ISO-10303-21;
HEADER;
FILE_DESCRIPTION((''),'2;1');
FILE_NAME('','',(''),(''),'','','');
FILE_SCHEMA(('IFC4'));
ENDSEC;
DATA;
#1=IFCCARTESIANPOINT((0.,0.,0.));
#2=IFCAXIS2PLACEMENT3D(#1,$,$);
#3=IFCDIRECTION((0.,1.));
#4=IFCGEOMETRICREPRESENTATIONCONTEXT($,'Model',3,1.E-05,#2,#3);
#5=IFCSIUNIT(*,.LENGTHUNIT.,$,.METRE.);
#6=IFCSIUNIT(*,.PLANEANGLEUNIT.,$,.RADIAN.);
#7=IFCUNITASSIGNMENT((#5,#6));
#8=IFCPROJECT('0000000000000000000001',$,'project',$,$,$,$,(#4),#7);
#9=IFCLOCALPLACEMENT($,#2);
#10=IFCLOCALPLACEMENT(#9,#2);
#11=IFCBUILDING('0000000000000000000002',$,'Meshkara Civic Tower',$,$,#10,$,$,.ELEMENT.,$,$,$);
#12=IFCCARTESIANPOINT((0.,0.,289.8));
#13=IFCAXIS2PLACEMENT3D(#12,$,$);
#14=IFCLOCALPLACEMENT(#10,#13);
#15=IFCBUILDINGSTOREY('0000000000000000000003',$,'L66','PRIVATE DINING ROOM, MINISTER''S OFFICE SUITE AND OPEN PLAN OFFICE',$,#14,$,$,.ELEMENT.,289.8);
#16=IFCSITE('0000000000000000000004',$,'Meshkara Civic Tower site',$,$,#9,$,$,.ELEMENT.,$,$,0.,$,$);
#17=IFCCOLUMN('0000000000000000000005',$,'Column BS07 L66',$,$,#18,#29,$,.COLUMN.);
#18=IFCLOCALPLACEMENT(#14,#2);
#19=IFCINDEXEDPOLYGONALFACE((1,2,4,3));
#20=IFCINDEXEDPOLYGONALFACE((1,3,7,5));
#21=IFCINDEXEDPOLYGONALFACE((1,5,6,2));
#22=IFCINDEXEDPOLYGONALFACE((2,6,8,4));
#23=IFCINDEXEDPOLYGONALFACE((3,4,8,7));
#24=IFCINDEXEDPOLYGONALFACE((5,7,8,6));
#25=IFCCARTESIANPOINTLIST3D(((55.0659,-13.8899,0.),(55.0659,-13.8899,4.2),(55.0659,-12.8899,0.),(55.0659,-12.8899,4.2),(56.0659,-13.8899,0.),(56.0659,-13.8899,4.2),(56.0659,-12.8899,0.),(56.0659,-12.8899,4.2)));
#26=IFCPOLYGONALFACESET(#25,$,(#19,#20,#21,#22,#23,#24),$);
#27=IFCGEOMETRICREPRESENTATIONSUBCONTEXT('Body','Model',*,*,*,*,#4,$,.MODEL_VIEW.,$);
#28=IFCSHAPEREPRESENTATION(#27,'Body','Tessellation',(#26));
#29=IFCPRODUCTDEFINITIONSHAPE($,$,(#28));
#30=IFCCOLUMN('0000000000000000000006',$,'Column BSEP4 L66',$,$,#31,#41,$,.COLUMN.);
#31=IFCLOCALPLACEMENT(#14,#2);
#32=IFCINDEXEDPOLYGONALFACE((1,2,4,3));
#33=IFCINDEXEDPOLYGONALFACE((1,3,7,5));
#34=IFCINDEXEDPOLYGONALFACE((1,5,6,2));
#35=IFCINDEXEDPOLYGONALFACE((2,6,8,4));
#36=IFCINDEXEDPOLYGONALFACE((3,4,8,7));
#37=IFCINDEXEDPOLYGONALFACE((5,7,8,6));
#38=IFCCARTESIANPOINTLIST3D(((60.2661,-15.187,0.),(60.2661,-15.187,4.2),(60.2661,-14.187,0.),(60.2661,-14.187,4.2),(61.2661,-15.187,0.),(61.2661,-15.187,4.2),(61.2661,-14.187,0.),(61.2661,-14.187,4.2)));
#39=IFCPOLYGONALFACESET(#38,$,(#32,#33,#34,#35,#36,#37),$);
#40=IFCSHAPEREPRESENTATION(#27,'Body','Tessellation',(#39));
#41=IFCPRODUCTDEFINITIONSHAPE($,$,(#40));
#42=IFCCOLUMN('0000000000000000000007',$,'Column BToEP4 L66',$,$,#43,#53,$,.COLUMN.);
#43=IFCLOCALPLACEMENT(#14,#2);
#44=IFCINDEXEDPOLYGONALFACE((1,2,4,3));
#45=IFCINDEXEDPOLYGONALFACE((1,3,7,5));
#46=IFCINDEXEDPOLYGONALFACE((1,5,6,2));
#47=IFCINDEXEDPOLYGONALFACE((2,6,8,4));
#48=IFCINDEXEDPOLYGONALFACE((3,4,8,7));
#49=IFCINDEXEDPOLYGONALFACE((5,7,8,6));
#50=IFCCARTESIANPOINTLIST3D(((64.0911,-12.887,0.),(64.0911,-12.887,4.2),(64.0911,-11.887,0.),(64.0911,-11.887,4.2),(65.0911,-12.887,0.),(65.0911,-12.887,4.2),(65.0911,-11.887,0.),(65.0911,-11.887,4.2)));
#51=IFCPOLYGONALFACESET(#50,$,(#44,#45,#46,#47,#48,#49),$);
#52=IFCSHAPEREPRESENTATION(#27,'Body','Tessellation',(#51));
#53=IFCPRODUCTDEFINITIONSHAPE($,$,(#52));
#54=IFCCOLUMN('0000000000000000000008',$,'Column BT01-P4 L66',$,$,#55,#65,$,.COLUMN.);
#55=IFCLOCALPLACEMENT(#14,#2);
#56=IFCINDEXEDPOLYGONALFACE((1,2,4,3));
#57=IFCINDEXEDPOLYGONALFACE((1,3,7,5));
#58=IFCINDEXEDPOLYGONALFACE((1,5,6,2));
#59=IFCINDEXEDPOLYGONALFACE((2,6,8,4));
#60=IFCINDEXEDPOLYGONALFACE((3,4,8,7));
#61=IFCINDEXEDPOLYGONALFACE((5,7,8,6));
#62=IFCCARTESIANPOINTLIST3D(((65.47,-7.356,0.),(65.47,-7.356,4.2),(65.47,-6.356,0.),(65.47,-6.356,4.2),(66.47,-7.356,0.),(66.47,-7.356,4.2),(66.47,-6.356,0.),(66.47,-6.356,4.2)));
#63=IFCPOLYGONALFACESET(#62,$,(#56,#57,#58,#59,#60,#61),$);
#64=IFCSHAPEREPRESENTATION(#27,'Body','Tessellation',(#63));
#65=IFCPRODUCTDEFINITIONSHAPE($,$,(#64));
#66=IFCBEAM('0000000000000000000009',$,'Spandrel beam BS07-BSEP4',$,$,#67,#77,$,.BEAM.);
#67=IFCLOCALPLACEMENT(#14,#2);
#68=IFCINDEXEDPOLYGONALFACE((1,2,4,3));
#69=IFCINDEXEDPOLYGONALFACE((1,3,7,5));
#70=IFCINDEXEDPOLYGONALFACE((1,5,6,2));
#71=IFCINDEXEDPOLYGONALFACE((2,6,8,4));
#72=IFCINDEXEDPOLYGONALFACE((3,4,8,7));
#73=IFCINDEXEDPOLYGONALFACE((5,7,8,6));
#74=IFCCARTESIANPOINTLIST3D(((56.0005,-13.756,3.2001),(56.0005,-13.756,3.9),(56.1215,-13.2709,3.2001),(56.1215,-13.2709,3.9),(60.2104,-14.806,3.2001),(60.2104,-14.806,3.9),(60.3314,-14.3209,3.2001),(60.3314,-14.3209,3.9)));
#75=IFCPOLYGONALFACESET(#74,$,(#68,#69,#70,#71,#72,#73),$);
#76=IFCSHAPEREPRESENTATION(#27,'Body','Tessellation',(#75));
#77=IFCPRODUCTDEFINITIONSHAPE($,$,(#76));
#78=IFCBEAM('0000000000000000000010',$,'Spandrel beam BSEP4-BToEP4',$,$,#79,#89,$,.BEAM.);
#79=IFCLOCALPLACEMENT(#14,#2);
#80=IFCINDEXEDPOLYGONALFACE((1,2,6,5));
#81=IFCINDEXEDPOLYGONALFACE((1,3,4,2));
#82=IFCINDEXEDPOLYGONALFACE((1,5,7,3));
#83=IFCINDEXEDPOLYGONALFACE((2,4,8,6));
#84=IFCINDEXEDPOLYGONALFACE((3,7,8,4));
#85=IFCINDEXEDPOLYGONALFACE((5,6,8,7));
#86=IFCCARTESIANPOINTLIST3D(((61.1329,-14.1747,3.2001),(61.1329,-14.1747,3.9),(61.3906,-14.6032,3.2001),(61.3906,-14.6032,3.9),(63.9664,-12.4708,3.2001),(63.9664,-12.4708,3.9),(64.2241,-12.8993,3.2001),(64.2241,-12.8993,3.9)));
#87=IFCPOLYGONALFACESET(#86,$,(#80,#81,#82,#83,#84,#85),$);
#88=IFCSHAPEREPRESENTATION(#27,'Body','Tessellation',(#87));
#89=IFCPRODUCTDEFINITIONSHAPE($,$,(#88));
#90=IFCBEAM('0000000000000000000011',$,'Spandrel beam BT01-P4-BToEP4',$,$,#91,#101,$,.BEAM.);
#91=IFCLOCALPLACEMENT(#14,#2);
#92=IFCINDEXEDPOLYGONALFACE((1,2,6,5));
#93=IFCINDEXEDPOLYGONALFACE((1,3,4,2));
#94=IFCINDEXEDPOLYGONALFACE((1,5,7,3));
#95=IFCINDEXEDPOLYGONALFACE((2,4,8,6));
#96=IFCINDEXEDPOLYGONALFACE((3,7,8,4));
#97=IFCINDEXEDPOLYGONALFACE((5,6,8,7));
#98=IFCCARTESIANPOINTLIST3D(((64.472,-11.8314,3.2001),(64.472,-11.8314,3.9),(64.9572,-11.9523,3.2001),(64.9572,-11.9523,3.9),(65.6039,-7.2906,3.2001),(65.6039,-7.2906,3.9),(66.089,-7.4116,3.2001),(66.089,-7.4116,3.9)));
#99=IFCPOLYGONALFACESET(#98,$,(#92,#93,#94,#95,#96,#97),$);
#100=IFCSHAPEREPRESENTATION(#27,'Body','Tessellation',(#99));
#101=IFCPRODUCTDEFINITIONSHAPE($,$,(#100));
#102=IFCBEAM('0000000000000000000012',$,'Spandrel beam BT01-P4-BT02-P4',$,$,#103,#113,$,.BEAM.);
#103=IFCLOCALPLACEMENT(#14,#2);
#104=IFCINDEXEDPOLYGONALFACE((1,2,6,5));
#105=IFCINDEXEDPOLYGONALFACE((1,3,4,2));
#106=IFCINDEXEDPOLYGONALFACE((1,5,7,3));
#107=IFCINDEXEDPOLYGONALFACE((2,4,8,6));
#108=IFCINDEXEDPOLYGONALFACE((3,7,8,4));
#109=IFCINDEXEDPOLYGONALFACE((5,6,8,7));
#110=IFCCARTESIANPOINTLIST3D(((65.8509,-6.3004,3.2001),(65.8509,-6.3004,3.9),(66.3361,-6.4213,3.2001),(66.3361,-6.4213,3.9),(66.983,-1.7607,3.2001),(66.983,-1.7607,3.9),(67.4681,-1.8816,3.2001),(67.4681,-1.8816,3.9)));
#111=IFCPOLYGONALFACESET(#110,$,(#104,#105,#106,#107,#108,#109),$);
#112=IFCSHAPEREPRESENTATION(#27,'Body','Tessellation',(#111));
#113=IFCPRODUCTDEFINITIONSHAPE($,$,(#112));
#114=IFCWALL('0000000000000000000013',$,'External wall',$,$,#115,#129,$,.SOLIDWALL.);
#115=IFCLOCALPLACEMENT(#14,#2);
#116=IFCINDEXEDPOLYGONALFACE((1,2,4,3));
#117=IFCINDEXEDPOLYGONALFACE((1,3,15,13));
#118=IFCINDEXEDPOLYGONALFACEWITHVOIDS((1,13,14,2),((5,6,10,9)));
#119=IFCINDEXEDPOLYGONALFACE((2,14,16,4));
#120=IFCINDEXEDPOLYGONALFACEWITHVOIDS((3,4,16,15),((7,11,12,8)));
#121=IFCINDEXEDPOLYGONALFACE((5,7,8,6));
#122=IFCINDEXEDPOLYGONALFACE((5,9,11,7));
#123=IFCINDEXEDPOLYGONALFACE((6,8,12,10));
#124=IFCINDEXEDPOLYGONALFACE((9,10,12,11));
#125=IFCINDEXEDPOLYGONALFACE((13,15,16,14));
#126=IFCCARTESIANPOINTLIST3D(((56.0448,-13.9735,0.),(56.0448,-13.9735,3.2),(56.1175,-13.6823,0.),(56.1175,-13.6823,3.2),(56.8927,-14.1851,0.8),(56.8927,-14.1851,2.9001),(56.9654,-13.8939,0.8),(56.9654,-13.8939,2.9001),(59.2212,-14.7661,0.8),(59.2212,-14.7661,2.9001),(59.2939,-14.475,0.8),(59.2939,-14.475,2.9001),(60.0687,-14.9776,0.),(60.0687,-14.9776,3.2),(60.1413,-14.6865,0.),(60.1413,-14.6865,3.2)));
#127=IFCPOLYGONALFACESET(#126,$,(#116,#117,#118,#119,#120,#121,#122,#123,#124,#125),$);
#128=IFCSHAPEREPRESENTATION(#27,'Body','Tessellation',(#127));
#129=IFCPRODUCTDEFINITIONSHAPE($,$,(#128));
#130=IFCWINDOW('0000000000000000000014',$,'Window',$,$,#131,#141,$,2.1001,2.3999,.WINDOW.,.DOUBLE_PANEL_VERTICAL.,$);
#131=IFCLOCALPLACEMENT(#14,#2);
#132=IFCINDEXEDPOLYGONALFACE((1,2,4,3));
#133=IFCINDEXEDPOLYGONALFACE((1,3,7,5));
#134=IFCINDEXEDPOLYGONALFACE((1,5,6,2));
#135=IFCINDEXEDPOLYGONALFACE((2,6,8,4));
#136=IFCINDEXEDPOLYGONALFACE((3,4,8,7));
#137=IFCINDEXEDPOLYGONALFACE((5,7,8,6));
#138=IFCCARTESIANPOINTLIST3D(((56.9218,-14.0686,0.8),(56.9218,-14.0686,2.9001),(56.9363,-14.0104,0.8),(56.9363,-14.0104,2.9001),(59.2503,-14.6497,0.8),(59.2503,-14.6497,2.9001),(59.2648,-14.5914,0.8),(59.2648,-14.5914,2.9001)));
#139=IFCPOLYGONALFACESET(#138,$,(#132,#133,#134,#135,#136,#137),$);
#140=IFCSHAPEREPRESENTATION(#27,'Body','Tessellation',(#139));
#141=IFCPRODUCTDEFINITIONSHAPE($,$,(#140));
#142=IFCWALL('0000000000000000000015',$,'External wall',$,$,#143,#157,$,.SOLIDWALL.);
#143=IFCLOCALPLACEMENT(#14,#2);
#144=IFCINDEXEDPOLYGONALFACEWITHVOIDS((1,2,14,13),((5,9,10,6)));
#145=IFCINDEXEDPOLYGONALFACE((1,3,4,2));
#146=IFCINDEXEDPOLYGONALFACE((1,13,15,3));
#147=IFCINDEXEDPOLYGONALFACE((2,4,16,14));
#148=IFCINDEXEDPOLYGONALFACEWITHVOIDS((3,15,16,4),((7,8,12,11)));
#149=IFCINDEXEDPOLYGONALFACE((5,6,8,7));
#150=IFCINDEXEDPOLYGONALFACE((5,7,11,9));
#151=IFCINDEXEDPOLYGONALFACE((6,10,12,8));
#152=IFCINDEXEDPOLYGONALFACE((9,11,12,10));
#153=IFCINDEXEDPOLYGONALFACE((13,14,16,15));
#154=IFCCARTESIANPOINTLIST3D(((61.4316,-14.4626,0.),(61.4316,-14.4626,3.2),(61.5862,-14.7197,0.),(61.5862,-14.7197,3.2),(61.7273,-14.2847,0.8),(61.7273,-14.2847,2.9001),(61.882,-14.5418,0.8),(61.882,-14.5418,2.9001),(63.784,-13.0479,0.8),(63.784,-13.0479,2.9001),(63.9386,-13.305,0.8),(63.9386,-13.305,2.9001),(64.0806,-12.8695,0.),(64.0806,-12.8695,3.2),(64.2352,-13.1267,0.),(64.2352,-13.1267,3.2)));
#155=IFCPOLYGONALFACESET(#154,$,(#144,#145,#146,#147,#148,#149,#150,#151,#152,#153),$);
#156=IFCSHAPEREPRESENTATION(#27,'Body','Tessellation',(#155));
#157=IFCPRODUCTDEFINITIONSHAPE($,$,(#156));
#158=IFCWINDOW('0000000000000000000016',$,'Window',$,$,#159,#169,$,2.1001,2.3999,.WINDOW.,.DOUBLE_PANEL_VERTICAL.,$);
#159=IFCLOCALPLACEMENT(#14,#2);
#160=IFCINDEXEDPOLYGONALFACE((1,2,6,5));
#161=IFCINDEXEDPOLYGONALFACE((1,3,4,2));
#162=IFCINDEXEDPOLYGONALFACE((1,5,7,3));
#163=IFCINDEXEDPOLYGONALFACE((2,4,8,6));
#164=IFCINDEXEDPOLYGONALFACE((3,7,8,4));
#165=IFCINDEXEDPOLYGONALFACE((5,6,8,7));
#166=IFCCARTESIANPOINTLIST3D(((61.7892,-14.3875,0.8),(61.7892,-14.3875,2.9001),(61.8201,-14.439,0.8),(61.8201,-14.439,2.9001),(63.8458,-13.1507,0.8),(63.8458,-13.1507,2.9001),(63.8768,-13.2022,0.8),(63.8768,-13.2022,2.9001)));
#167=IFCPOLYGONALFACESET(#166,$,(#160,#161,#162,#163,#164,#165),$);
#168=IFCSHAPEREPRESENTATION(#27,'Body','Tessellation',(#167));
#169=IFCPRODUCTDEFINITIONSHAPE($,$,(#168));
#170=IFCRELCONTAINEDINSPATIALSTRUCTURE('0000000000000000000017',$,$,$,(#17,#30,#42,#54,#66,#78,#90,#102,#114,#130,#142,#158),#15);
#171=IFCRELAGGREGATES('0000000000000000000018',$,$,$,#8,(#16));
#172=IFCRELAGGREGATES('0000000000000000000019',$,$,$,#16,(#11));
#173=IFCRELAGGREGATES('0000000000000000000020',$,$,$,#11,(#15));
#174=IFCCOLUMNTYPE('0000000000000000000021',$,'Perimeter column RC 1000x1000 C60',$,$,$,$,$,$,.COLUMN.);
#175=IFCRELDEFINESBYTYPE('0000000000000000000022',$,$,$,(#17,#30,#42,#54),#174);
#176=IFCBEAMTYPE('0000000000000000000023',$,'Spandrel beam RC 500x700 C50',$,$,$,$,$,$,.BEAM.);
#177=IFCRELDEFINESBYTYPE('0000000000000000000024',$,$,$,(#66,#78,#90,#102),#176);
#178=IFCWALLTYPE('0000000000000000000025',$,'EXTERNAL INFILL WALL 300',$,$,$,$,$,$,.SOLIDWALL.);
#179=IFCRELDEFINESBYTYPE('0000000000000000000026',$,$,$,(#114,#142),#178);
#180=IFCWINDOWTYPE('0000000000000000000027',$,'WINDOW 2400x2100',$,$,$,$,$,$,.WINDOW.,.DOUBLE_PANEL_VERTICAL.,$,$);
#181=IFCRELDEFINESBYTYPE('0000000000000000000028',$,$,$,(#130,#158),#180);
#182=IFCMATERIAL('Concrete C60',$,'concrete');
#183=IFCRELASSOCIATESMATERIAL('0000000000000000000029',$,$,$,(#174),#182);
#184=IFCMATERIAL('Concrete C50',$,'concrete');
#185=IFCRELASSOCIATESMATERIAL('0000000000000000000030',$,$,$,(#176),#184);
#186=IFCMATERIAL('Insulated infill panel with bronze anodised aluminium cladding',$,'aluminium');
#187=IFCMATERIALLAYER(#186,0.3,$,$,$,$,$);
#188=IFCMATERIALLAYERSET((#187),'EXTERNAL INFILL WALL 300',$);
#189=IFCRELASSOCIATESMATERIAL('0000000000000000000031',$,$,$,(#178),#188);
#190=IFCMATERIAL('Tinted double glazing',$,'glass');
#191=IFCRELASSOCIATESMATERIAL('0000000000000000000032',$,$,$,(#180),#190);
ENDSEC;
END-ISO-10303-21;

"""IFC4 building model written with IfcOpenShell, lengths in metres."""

from ifc_helpers import new_model, si_unit, direction, frame, frame_2d, origin, origin_2d, place, context, subcontext, project, spatial, rectangle, extrude, material, layer, layer_set, material_profile, profile_set, type_object, element, fill, save


model = new_model("IFC4")

# Units and contexts
model_context = context("Model", 3, precision=1e-05, world=origin(), true_north=direction((0.0, 1.0)))
body_context = subcontext(model_context, "Body", "Model", "MODEL_VIEW")
ifc_project = project(units=[si_unit("LENGTHUNIT", "METRE"), si_unit("PLANEANGLEUNIT", "RADIAN")], contexts=[model_context])

# Site, building, storey
site_placement = place(None, origin())
site = spatial("IfcSite", under=ifc_project, at=site_placement, Name="Meshkara Civic Tower site", CompositionType="ELEMENT", RefElevation=0.0)
building_placement = place(site_placement, origin())
building = spatial("IfcBuilding", under=site, at=building_placement, Name="Meshkara Civic Tower", CompositionType="ELEMENT")
storey_placement = place(building_placement, frame((0.0, 0.0, 289.8)))
storey = spatial("IfcBuildingStorey", under=building, at=storey_placement, Name="L66", Description="PRIVATE DINING ROOM, MINISTER'S OFFICE SUITE AND OPEN PLAN OFFICE", CompositionType="ELEMENT", Elevation=289.8)

# Columns
ifc_material_1 = material(Name="Concrete C60", Category="concrete")
ifc_material_profile_1 = material_profile(ifc_material_1, rectangle(XDim=1.0, YDim=1.0, at=origin_2d()))
ifc_profile_set_1 = profile_set([ifc_material_profile_1], Name="Concrete C60")
column_type = type_object("IfcColumnType", Name="Perimeter column RC 1000x1000 C60", PredefinedType="COLUMN", material=ifc_profile_set_1)
for number, where, z_axis, x_axis, name in (
    (1, (55.5659, -13.3899, 0.0), (0.0, 0.0, 1.0), (1.0, 0.0, 0.0), "Column BS07 L66"),
    (2, (60.7661, -14.687, 0.0), (0.0, 0.0, 1.0), (1.0, 0.0, 0.0), "Column BSEP4 L66"),
    (3, (64.5911, -12.387, 0.0), (0.0, 0.0, 1.0), (1.0, 0.0, 0.0), "Column BToEP4 L66"),
    (4, (65.97, -6.856, 0.0), (0.0, 0.0, 1.0), (1.0, 0.0, 0.0), "Column BT01-P4 L66"),
):
    element("IfcColumn", number, at=place(storey_placement, frame(where, z_axis=z_axis, x_axis=x_axis)), inside=storey, type_object=column_type, Name=name, PredefinedType="COLUMN", context=body_context, shape_type="SweptSolid", body=[
        extrude(rectangle(XDim=1.0, YDim=1.0, at=origin_2d()), origin(), (0.0, 0.0, 1.0), 4.2),
    ])

# Beams
ifc_material_2 = material(Name="Concrete C50", Category="concrete")
ifc_material_profile_2 = material_profile(ifc_material_2, rectangle(XDim=0.5, YDim=0.7, at=origin_2d()))
ifc_profile_set_2 = profile_set([ifc_material_profile_2], Name="Concrete C50")
beam_type = type_object("IfcBeamType", Name="Spandrel beam RC 500x700 C50", PredefinedType="BEAM", material=ifc_profile_set_2)
beam_1_placement = place(storey_placement, frame((56.061, -13.5134, 3.55), z_axis=(0.970275, -0.242006, 0.0), x_axis=(0.242006, 0.970275, 0.0)))
element("IfcBeam", 5, at=beam_1_placement, inside=storey, type_object=beam_type, Name="Spandrel beam BS07-BSEP4", PredefinedType="BEAM", context=body_context, shape_type="SweptSolid", body=[
    extrude(rectangle(XDim=0.5, YDim=0.7, at=origin_2d()), origin(), (0.0, 0.0, 1.0), 4.3389),
])
beam_2_placement = place(storey_placement, frame((61.2617, -14.3889, 3.55), z_axis=(0.856991, 0.515332, 0.0), x_axis=(-0.515332, 0.856991, 0.0)))
element("IfcBeam", 6, at=beam_2_placement, inside=storey, type_object=beam_type, Name="Spandrel beam BSEP4-BToEP4", PredefinedType="BEAM", context=body_context, shape_type="SweptSolid", body=[
    extrude(rectangle(XDim=0.5, YDim=0.7, at=origin_2d()), origin(), (0.0, 0.0, 1.0), 3.3064),
])
beam_3_placement = place(storey_placement, frame((64.7146, -11.8918, 3.55), z_axis=(0.24186, 0.970311, 0.0), x_axis=(-0.970311, 0.24186, 0.0)))
element("IfcBeam", 7, at=beam_3_placement, inside=storey, type_object=beam_type, Name="Spandrel beam BT01-P4-BToEP4", PredefinedType="BEAM", context=body_context, shape_type="SweptSolid", body=[
    extrude(rectangle(XDim=0.5, YDim=0.7, at=origin_2d()), origin(), (0.0, 0.0, 1.0), 4.6797),
])
beam_4_placement = place(storey_placement, frame((66.0935, -6.3608, 3.55), z_axis=(0.241959, 0.970287, 0.0), x_axis=(-0.970287, 0.241959, 0.0)))
element("IfcBeam", 8, at=beam_4_placement, inside=storey, type_object=beam_type, Name="Spandrel beam BT01-P4-BT02-P4", PredefinedType="BEAM", context=body_context, shape_type="SweptSolid", body=[
    extrude(rectangle(XDim=0.5, YDim=0.7, at=origin_2d()), origin(), (0.0, 0.0, 1.0), 4.6787),
])

# Walls, openings, windows
ifc_material_3 = material(Name="Insulated infill panel with bronze anodised aluminium cladding", Category="aluminium")
ifc_layer_1 = layer(ifc_material_3, 0.3)
ifc_layer_set_1 = layer_set([ifc_layer_1], Name="EXTERNAL INFILL WALL 300")
wall_type_1 = type_object("IfcWallType", Name="EXTERNAL INFILL WALL 300", PredefinedType="SOLIDWALL", material=ifc_layer_set_1)
wall_1_placement = place(storey_placement, frame((56.0811, -13.8279, 0.0), z_axis=(0.0, 0.0, 1.0), x_axis=(0.970246, -0.24212, 0.0)))
wall_1 = element("IfcWall", 9, at=wall_1_placement, inside=storey, type_object=wall_type_1, Name="External wall", PredefinedType="SOLIDWALL", context=body_context, shape_type="SweptSolid", body=[
    extrude(rectangle(XDim=4.1472, YDim=0.3, at=frame_2d((2.0737, 0.0))), origin(), (0.0, 0.0, 1.0), 3.2),
])
opening_1_placement = place(wall_1_placement, frame((0.874, 0.0, 0.8)))
opening_1 = element("IfcOpeningElement", 10, at=opening_1_placement, cuts=wall_1, PredefinedType="OPENING", context=body_context, shape_type="SweptSolid", body=[
    extrude(rectangle(XDim=2.3999, YDim=2.1001, at=frame_2d((1.2, 1.05))), frame((0.0, 0.1599, 0.0), z_axis=(0.0, -1.0, 0.0), x_axis=(1.0, 0.0, 0.0)), (0.0, 0.0, 1.0), 0.3201),
])
ifc_material_4 = material(Name="Tinted double glazing", Category="glass")
window_type = type_object("IfcWindowType", Name="WINDOW 2400x2100", PartitioningType="DOUBLE_PANEL_VERTICAL", PredefinedType="WINDOW", material=ifc_material_4)
window_1_placement = place(opening_1_placement, origin())
window_1 = element("IfcWindow", 11, at=window_1_placement, inside=storey, type_object=window_type, Name="Window", OverallHeight=2.1001, OverallWidth=2.3999, PartitioningType="DOUBLE_PANEL_VERTICAL", PredefinedType="WINDOW", context=body_context, shape_type="SweptSolid", body=[
    extrude(rectangle(XDim=2.3999, YDim=2.1001, at=frame_2d((1.2, 1.05))), frame((0.0, 0.03, 0.0), z_axis=(0.0, -1.0, 0.0), x_axis=(1.0, 0.0, 0.0)), (0.0, 0.0, 1.0), 0.0601),
])
fill(opening_1, window_1)
wall_2_placement = place(storey_placement, frame((61.509, -14.5911, 0.0), z_axis=(0.0, 0.0, 1.0), x_axis=(0.85697, 0.515367, 0.0)))
wall_2 = element("IfcWall", 12, at=wall_2_placement, inside=storey, type_object=wall_type_1, Name="External wall", PredefinedType="SOLIDWALL", context=body_context, shape_type="SweptSolid", body=[
    extrude(rectangle(XDim=3.0911, YDim=0.3, at=frame_2d((1.5454, 0.0))), origin(), (0.0, 0.0, 1.0), 3.2),
])
opening_2_placement = place(wall_2_placement, frame((0.345, 0.0, 0.8)))
opening_2 = element("IfcOpeningElement", 13, at=opening_2_placement, cuts=wall_2, PredefinedType="OPENING", context=body_context, shape_type="SweptSolid", body=[
    extrude(rectangle(XDim=2.3999, YDim=2.1001, at=frame_2d((1.2, 1.05))), frame((0.0, 0.1599, 0.0), z_axis=(0.0, -1.0, 0.0), x_axis=(1.0, 0.0, 0.0)), (0.0, 0.0, 1.0), 0.3201),
])
window_2_placement = place(opening_2_placement, origin())
window_2 = element("IfcWindow", 14, at=window_2_placement, inside=storey, type_object=window_type, Name="Window", OverallHeight=2.1001, OverallWidth=2.3999, PartitioningType="DOUBLE_PANEL_VERTICAL", PredefinedType="WINDOW", context=body_context, shape_type="SweptSolid", body=[
    extrude(rectangle(XDim=2.3999, YDim=2.1001, at=frame_2d((1.2, 1.05))), frame((0.0, 0.03, 0.0), z_axis=(0.0, -1.0, 0.0), x_axis=(1.0, 0.0, 0.0)), (0.0, 0.0, 1.0), 0.0601),
])
fill(opening_2, window_2)

save(model, "model.ifc")
